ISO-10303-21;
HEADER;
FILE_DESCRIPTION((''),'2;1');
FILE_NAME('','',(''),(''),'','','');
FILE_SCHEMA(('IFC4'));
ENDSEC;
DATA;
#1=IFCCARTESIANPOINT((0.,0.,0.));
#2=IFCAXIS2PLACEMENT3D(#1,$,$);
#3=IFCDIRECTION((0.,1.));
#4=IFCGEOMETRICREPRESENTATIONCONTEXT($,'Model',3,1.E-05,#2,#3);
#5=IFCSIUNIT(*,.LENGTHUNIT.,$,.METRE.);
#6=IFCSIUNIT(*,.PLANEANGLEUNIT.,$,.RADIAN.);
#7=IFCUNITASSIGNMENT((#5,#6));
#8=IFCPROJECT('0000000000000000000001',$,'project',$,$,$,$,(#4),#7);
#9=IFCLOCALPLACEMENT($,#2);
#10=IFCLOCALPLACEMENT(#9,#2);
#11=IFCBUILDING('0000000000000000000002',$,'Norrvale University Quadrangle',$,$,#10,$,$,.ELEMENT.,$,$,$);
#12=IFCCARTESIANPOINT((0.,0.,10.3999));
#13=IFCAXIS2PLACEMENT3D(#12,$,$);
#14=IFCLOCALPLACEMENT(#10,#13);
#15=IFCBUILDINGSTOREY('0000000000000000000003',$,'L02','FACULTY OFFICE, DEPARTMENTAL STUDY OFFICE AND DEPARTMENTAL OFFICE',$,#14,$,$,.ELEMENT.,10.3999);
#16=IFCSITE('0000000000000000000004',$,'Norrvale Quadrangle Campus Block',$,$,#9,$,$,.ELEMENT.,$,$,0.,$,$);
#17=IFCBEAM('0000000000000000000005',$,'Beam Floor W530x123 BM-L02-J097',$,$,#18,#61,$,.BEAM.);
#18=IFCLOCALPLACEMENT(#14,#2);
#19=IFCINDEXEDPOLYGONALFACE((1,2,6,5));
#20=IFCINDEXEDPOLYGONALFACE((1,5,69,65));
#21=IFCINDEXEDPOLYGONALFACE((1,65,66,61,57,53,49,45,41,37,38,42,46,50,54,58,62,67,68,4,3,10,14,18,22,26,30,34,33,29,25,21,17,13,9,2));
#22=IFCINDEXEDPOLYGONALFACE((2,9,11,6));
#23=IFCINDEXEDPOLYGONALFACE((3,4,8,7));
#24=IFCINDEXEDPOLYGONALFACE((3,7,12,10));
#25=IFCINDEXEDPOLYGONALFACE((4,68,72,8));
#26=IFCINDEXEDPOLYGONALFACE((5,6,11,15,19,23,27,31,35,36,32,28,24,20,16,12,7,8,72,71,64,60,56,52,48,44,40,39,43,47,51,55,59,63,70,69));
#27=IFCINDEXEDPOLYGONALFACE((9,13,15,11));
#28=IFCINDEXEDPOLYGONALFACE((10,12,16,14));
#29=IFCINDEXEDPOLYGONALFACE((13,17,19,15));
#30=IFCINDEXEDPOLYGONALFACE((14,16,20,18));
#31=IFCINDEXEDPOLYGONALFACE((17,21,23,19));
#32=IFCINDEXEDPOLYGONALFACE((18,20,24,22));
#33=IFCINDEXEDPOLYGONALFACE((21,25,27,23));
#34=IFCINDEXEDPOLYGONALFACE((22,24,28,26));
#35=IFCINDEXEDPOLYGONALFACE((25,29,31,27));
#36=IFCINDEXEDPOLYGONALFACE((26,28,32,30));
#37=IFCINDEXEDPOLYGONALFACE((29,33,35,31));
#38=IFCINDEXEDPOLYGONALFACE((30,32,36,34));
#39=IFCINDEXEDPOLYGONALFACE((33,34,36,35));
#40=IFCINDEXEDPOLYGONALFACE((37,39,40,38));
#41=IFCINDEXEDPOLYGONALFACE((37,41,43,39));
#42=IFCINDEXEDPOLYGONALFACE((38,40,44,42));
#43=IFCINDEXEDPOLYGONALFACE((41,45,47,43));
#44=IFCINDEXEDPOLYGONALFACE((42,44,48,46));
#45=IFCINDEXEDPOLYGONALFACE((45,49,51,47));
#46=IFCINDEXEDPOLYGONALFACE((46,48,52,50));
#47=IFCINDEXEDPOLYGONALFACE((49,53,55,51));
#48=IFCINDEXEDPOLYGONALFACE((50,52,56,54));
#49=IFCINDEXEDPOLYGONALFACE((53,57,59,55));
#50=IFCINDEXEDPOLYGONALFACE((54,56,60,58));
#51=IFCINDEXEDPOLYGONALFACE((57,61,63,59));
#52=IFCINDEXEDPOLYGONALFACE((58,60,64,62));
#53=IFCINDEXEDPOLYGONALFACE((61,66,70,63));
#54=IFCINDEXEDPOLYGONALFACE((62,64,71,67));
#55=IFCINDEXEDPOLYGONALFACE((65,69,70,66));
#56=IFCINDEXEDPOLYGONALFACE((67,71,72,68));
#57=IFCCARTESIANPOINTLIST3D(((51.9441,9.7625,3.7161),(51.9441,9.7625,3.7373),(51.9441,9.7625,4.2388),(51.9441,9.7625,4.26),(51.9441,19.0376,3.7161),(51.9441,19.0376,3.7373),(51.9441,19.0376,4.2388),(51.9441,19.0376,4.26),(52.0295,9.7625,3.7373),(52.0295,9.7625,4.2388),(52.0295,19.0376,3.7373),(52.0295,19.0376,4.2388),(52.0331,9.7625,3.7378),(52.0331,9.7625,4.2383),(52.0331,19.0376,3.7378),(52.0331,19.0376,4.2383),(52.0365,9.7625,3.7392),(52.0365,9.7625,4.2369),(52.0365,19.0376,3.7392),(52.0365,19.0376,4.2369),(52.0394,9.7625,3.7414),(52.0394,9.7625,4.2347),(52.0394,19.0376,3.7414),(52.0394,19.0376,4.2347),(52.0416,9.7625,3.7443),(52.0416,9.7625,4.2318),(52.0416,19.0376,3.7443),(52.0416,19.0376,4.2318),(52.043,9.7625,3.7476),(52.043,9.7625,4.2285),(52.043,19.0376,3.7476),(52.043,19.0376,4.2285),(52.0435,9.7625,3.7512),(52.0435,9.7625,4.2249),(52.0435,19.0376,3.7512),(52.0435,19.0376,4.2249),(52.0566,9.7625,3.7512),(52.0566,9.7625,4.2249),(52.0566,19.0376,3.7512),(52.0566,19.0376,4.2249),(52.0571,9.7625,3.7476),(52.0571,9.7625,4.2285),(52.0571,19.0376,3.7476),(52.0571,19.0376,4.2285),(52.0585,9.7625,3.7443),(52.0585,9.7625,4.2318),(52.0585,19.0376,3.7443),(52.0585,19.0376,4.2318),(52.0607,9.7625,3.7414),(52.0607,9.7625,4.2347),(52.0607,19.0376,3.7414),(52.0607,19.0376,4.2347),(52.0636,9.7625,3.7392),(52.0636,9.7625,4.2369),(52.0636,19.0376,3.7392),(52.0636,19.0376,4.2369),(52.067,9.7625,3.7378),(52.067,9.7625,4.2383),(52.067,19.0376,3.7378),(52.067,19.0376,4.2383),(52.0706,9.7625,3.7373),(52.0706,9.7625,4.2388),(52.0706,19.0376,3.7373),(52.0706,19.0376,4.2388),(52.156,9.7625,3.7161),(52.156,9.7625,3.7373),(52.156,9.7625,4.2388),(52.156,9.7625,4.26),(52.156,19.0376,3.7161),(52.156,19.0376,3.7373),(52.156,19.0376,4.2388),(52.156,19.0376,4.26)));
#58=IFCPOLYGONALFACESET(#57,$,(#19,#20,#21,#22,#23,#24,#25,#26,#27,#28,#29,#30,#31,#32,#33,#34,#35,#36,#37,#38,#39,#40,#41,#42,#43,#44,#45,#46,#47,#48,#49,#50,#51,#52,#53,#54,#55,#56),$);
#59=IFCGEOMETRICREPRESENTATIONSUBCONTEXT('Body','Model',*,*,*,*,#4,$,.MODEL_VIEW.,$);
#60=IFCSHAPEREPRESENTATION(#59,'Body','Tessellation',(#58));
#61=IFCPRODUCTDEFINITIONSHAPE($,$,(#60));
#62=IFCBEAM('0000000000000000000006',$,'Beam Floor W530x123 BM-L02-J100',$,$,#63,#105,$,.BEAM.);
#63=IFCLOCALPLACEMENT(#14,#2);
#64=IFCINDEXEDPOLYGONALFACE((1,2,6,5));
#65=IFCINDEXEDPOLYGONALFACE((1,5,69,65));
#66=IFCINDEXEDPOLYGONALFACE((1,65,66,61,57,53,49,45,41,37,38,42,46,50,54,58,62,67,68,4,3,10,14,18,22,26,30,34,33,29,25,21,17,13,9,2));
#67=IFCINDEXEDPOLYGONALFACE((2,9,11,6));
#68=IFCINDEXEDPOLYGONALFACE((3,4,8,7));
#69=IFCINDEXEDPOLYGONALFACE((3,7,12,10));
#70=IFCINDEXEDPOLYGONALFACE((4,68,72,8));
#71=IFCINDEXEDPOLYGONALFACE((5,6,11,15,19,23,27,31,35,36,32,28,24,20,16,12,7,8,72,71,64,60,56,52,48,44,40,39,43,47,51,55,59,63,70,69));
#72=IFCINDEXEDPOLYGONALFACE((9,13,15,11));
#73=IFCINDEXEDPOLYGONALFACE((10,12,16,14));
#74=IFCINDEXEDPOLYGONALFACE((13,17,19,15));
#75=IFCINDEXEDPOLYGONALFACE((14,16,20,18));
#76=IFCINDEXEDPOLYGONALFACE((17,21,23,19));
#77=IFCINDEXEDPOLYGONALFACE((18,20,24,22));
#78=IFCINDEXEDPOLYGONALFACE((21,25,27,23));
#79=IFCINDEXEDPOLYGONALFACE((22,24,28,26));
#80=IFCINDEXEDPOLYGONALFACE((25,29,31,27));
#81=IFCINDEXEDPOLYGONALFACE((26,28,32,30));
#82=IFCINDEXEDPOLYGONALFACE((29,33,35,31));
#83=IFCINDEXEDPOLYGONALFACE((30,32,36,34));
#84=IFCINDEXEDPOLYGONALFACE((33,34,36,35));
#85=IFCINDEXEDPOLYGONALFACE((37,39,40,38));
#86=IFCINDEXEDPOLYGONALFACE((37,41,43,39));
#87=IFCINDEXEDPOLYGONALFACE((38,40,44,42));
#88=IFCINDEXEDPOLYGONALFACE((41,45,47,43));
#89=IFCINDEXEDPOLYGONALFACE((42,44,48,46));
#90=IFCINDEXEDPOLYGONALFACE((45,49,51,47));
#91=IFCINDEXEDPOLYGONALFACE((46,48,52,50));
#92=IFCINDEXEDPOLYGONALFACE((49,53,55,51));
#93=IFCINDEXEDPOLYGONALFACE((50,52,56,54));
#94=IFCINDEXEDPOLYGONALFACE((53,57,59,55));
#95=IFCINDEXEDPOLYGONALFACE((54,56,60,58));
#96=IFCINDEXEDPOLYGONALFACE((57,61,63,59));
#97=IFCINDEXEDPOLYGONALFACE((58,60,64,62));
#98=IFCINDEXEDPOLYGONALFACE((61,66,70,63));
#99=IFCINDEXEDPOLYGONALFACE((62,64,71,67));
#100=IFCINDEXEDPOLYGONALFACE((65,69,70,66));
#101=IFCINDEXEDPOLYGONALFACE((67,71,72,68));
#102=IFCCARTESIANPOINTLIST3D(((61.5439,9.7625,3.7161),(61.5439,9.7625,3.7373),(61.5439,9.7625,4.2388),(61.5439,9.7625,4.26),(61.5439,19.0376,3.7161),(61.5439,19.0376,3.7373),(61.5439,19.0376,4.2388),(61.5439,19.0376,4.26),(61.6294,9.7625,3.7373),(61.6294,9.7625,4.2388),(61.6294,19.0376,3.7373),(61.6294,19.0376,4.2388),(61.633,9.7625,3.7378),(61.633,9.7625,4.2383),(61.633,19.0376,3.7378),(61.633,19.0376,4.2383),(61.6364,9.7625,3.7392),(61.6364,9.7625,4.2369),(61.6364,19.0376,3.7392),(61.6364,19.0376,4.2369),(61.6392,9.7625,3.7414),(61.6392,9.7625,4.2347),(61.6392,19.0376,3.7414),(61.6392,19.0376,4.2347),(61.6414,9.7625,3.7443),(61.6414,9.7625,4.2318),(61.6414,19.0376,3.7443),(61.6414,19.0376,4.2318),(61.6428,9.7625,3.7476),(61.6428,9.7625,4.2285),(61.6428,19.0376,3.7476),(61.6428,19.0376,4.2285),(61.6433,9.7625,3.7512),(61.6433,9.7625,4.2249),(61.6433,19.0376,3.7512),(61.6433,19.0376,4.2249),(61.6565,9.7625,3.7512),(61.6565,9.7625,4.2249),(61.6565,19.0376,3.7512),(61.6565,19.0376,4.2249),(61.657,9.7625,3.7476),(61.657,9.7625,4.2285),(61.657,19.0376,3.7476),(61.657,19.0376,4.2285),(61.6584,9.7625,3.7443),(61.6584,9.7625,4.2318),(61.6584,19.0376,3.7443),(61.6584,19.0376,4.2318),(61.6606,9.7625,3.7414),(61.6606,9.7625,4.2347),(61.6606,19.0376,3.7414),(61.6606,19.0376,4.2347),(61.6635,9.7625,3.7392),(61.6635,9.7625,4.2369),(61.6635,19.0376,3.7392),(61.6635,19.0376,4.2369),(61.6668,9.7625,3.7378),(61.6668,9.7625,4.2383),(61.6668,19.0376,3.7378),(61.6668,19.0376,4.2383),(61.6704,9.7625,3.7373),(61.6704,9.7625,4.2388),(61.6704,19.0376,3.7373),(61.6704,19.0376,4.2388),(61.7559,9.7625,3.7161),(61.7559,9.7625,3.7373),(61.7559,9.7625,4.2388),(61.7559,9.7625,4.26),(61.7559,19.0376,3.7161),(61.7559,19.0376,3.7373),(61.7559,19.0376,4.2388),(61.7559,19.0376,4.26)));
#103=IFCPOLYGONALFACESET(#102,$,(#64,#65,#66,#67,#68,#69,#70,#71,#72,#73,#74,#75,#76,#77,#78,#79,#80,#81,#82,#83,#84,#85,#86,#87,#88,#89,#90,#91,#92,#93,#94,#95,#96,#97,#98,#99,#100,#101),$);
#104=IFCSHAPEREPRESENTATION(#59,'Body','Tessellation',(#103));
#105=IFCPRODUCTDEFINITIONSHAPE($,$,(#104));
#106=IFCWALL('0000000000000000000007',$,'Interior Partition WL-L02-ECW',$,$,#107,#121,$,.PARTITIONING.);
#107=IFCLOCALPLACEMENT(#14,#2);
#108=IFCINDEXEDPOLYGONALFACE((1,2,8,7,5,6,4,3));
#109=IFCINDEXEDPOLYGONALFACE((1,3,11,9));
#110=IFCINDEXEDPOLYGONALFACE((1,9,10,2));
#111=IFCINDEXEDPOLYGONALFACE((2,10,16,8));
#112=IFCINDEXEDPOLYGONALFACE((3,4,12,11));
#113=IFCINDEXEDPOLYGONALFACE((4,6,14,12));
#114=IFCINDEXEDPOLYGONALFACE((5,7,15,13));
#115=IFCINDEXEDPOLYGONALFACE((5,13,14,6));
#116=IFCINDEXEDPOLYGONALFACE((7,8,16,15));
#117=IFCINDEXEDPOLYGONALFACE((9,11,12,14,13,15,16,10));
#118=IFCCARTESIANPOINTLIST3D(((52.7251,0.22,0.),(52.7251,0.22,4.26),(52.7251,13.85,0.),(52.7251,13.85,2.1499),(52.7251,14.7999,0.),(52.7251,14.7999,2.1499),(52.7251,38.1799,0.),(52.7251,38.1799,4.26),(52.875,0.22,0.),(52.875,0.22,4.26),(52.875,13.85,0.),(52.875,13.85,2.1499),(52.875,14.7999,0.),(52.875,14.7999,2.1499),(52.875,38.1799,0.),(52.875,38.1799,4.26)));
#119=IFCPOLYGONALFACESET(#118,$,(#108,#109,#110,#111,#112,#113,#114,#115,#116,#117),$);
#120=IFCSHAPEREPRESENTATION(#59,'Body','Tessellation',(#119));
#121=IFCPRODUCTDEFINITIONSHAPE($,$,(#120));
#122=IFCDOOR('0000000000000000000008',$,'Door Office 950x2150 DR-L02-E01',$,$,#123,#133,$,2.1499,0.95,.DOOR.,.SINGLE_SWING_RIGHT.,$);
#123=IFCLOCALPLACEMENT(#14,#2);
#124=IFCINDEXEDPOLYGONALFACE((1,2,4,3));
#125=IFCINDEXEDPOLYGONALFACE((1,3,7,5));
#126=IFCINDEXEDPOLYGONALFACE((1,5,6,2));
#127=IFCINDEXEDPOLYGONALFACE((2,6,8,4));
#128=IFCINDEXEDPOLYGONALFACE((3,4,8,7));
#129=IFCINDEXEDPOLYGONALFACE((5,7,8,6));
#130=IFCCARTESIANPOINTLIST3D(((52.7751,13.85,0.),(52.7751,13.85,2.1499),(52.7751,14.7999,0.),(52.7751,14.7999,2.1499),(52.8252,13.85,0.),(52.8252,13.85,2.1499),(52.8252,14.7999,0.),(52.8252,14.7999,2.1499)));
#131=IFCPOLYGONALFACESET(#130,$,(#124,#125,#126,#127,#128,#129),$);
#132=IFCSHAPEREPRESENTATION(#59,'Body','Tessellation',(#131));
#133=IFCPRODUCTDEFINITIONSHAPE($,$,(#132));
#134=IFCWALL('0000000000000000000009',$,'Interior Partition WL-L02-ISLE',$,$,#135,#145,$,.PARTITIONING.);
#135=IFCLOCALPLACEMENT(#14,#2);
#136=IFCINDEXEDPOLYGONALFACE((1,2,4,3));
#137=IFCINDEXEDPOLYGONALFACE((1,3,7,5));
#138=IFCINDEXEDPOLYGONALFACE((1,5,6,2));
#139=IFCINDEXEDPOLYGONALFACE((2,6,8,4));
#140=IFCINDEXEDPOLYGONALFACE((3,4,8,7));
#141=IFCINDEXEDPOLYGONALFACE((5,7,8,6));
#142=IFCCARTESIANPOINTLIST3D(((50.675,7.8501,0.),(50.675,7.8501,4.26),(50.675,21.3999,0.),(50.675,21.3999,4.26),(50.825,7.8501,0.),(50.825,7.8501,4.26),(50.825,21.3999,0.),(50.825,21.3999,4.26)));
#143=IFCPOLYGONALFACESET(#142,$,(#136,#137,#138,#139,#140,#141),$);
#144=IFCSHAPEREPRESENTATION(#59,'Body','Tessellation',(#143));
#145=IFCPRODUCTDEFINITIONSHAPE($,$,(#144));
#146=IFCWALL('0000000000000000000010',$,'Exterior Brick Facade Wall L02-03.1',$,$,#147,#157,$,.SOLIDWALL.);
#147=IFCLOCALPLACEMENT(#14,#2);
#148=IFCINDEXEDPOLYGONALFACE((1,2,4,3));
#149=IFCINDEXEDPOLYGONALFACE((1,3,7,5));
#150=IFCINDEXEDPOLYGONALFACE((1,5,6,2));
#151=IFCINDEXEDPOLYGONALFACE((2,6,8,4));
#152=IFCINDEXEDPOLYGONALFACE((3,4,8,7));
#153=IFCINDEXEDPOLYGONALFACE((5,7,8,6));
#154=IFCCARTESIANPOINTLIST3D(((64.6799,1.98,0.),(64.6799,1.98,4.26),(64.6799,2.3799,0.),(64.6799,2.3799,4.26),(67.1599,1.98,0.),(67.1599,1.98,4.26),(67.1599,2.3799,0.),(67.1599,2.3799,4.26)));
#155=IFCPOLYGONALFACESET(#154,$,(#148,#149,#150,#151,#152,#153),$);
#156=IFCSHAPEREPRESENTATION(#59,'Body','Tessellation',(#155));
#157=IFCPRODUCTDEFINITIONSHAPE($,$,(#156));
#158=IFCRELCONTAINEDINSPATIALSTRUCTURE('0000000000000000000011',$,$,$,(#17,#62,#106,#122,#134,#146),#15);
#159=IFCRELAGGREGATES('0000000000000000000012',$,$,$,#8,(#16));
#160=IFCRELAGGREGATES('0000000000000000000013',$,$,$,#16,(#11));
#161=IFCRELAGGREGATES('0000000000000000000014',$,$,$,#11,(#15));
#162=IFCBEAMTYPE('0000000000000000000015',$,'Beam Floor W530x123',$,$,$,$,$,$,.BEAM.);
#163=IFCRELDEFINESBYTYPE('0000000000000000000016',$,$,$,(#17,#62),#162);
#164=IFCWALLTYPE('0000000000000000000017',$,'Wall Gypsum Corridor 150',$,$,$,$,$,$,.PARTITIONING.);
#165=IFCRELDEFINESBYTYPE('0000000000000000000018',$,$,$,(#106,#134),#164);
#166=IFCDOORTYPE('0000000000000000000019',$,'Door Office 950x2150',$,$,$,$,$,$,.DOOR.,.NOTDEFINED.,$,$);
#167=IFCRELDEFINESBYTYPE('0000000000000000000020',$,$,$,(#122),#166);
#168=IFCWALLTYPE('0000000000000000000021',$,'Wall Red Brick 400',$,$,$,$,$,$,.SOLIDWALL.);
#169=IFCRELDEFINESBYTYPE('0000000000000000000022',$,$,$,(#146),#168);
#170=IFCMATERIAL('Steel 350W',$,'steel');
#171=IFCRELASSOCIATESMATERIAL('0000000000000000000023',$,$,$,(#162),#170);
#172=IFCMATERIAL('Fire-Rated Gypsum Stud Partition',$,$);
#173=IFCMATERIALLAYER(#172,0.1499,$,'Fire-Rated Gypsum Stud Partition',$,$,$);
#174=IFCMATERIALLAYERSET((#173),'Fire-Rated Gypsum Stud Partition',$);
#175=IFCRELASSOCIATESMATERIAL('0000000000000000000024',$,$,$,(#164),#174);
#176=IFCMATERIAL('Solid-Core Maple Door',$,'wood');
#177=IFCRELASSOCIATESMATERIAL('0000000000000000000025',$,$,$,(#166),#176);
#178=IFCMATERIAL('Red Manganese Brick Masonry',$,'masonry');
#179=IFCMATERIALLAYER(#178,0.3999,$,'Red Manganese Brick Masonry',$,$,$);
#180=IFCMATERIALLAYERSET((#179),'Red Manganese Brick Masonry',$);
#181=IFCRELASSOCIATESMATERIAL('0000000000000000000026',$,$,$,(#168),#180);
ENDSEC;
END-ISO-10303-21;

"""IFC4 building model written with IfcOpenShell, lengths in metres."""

from ifc_helpers import new_model, si_unit, direction, frame, frame_2d, origin, origin_2d, place, context, subcontext, project, spatial, rectangle, i_section, extrude, material, layer, layer_set, material_profile, profile_set, type_object, element, fill, save


model = new_model("IFC4")

# Units and contexts
model_context = context("Model", 3, precision=1e-05, world=origin(), true_north=direction((0.0, 1.0)))
body_context = subcontext(model_context, "Body", "Model", "MODEL_VIEW")
ifc_project = project(units=[si_unit("LENGTHUNIT", "METRE"), si_unit("PLANEANGLEUNIT", "RADIAN")], contexts=[model_context])

# Site, building, storey
site_placement = place(None, origin())
site = spatial("IfcSite", under=ifc_project, at=site_placement, Name="Norrvale Quadrangle Campus Block", CompositionType="ELEMENT", RefElevation=0.0)
building_placement = place(site_placement, origin())
building = spatial("IfcBuilding", under=site, at=building_placement, Name="Norrvale University Quadrangle", CompositionType="ELEMENT")
storey_placement = place(building_placement, frame((0.0, 0.0, 10.3999)))
storey = spatial("IfcBuildingStorey", under=building, at=storey_placement, Name="L02", Description="FACULTY OFFICE, DEPARTMENTAL STUDY OFFICE AND DEPARTMENTAL OFFICE", CompositionType="ELEMENT", Elevation=10.3999)

# Beams
ifc_material_1 = material(Name="Steel 350W", Category="steel")
ifc_material_profile_1 = material_profile(ifc_material_1, i_section(OverallWidth=0.2119, OverallDepth=0.5439, WebThickness=0.0132, FlangeThickness=0.0212, FilletRadius=0.0139, at=origin_2d()), Name="Steel 350W")
ifc_profile_set_1 = profile_set([ifc_material_profile_1], Name="Steel 350W")
beam_type_1 = type_object("IfcBeamType", Name="Beam Floor W530x123", PredefinedType="BEAM", material=ifc_profile_set_1)
for number, where, z_axis, x_axis, name in (
    (1, (52.05, 9.7625, 3.988), (0.0, 1.0, 0.0), (-1.0, 0.0, 0.0), "Beam Floor W530x123 BM-L02-J097"),
    (2, (61.6499, 9.7625, 3.988), (0.0, 1.0, 0.0), (-1.0, 0.0, 0.0), "Beam Floor W530x123 BM-L02-J100"),
):
    element("IfcBeam", number, at=place(storey_placement, frame(where, z_axis=z_axis, x_axis=x_axis)), inside=storey, type_object=beam_type_1, Name=name, PredefinedType="BEAM", context=body_context, shape_type="SweptSolid", body=[
        extrude(i_section(OverallWidth=0.2119, OverallDepth=0.5439, WebThickness=0.0132, FlangeThickness=0.0212, FilletRadius=0.0139, at=origin_2d()), origin(), (0.0, 0.0, 1.0), 9.2751),
    ])

# Wall, opening, door
ifc_material_2 = material(Name="Fire-Rated Gypsum Stud Partition")
ifc_layer_1 = layer(ifc_material_2, 0.1499, Name="Fire-Rated Gypsum Stud Partition")
ifc_layer_set_1 = layer_set([ifc_layer_1], Name="Fire-Rated Gypsum Stud Partition")
wall_type_1 = type_object("IfcWallType", Name="Wall Gypsum Corridor 150", PredefinedType="PARTITIONING", material=ifc_layer_set_1)
wall_1_placement = place(storey_placement, frame((52.8, 0.22, 0.0), z_axis=(0.0, 0.0, 1.0), x_axis=(0.0, 1.0, 0.0)))
wall_1 = element("IfcWall", 3, at=wall_1_placement, inside=storey, type_object=wall_type_1, Name="Interior Partition WL-L02-ECW", PredefinedType="PARTITIONING", context=body_context, shape_type="SweptSolid", body=[
    extrude(rectangle(XDim=37.96, YDim=0.1499, at=frame_2d((18.98, 0.0))), origin(), (0.0, 0.0, 1.0), 4.26),
])
opening_placement = place(wall_1_placement, frame((13.6299, 0.0, 0.0)))
opening = element("IfcOpeningElement", 4, at=opening_placement, cuts=wall_1, PredefinedType="OPENING", context=body_context, shape_type="SweptSolid", body=[
    extrude(rectangle(XDim=0.95, YDim=2.1499, at=frame_2d((0.4751, 1.075))), frame((0.0, 0.0869, 0.0), z_axis=(0.0, -1.0, 0.0), x_axis=(1.0, 0.0, 0.0)), (0.0, 0.0, 1.0), 0.1738),
])
ifc_material_3 = material(Name="Solid-Core Maple Door", Category="wood")
door_type = type_object("IfcDoorType", Name="Door Office 950x2150", OperationType="NOTDEFINED", PredefinedType="DOOR", material=ifc_material_3)
door_placement = place(opening_placement, origin())
door = element("IfcDoor", 5, at=door_placement, inside=storey, type_object=door_type, Name="Door Office 950x2150 DR-L02-E01", OperationType="SINGLE_SWING_RIGHT", OverallHeight=2.1499, OverallWidth=0.95, PredefinedType="DOOR", context=body_context, shape_type="SweptSolid", body=[
    extrude(rectangle(XDim=0.95, YDim=2.1499, at=frame_2d((0.4751, 1.075))), frame((0.0, 0.0249, 0.0), z_axis=(0.0, -1.0, 0.0), x_axis=(1.0, 0.0, 0.0)), (0.0, 0.0, 1.0), 0.05),
])
fill(opening, door)

# Walls
wall_2_placement = place(storey_placement, frame((50.75, 7.8501, 0.0), z_axis=(0.0, 0.0, 1.0), x_axis=(0.0, 1.0, 0.0)))
element("IfcWall", 6, at=wall_2_placement, inside=storey, type_object=wall_type_1, Name="Interior Partition WL-L02-ISLE", PredefinedType="PARTITIONING", context=body_context, shape_type="SweptSolid", body=[
    extrude(rectangle(XDim=13.5498, YDim=0.1499, at=frame_2d((6.7749, 0.0))), origin(), (0.0, 0.0, 1.0), 4.26),
])
ifc_material_4 = material(Name="Red Manganese Brick Masonry", Category="masonry")
ifc_layer_2 = layer(ifc_material_4, 0.3999, Name="Red Manganese Brick Masonry")
ifc_layer_set_2 = layer_set([ifc_layer_2], Name="Red Manganese Brick Masonry")
wall_type_2 = type_object("IfcWallType", Name="Wall Red Brick 400", PredefinedType="SOLIDWALL", material=ifc_layer_set_2)
wall_3_placement = place(storey_placement, frame((64.6799, 2.1799, 0.0), z_axis=(0.0, 0.0, 1.0), x_axis=(1.0, 0.0, 0.0)))
element("IfcWall", 7, at=wall_3_placement, inside=storey, type_object=wall_type_2, Name="Exterior Brick Facade Wall L02-03.1", PredefinedType="SOLIDWALL", context=body_context, shape_type="SweptSolid", body=[
    extrude(rectangle(XDim=2.48, YDim=0.3999, at=frame_2d((1.24, 0.0))), origin(), (0.0, 0.0, 1.0), 4.26),
])

save(model, "model.ifc")
